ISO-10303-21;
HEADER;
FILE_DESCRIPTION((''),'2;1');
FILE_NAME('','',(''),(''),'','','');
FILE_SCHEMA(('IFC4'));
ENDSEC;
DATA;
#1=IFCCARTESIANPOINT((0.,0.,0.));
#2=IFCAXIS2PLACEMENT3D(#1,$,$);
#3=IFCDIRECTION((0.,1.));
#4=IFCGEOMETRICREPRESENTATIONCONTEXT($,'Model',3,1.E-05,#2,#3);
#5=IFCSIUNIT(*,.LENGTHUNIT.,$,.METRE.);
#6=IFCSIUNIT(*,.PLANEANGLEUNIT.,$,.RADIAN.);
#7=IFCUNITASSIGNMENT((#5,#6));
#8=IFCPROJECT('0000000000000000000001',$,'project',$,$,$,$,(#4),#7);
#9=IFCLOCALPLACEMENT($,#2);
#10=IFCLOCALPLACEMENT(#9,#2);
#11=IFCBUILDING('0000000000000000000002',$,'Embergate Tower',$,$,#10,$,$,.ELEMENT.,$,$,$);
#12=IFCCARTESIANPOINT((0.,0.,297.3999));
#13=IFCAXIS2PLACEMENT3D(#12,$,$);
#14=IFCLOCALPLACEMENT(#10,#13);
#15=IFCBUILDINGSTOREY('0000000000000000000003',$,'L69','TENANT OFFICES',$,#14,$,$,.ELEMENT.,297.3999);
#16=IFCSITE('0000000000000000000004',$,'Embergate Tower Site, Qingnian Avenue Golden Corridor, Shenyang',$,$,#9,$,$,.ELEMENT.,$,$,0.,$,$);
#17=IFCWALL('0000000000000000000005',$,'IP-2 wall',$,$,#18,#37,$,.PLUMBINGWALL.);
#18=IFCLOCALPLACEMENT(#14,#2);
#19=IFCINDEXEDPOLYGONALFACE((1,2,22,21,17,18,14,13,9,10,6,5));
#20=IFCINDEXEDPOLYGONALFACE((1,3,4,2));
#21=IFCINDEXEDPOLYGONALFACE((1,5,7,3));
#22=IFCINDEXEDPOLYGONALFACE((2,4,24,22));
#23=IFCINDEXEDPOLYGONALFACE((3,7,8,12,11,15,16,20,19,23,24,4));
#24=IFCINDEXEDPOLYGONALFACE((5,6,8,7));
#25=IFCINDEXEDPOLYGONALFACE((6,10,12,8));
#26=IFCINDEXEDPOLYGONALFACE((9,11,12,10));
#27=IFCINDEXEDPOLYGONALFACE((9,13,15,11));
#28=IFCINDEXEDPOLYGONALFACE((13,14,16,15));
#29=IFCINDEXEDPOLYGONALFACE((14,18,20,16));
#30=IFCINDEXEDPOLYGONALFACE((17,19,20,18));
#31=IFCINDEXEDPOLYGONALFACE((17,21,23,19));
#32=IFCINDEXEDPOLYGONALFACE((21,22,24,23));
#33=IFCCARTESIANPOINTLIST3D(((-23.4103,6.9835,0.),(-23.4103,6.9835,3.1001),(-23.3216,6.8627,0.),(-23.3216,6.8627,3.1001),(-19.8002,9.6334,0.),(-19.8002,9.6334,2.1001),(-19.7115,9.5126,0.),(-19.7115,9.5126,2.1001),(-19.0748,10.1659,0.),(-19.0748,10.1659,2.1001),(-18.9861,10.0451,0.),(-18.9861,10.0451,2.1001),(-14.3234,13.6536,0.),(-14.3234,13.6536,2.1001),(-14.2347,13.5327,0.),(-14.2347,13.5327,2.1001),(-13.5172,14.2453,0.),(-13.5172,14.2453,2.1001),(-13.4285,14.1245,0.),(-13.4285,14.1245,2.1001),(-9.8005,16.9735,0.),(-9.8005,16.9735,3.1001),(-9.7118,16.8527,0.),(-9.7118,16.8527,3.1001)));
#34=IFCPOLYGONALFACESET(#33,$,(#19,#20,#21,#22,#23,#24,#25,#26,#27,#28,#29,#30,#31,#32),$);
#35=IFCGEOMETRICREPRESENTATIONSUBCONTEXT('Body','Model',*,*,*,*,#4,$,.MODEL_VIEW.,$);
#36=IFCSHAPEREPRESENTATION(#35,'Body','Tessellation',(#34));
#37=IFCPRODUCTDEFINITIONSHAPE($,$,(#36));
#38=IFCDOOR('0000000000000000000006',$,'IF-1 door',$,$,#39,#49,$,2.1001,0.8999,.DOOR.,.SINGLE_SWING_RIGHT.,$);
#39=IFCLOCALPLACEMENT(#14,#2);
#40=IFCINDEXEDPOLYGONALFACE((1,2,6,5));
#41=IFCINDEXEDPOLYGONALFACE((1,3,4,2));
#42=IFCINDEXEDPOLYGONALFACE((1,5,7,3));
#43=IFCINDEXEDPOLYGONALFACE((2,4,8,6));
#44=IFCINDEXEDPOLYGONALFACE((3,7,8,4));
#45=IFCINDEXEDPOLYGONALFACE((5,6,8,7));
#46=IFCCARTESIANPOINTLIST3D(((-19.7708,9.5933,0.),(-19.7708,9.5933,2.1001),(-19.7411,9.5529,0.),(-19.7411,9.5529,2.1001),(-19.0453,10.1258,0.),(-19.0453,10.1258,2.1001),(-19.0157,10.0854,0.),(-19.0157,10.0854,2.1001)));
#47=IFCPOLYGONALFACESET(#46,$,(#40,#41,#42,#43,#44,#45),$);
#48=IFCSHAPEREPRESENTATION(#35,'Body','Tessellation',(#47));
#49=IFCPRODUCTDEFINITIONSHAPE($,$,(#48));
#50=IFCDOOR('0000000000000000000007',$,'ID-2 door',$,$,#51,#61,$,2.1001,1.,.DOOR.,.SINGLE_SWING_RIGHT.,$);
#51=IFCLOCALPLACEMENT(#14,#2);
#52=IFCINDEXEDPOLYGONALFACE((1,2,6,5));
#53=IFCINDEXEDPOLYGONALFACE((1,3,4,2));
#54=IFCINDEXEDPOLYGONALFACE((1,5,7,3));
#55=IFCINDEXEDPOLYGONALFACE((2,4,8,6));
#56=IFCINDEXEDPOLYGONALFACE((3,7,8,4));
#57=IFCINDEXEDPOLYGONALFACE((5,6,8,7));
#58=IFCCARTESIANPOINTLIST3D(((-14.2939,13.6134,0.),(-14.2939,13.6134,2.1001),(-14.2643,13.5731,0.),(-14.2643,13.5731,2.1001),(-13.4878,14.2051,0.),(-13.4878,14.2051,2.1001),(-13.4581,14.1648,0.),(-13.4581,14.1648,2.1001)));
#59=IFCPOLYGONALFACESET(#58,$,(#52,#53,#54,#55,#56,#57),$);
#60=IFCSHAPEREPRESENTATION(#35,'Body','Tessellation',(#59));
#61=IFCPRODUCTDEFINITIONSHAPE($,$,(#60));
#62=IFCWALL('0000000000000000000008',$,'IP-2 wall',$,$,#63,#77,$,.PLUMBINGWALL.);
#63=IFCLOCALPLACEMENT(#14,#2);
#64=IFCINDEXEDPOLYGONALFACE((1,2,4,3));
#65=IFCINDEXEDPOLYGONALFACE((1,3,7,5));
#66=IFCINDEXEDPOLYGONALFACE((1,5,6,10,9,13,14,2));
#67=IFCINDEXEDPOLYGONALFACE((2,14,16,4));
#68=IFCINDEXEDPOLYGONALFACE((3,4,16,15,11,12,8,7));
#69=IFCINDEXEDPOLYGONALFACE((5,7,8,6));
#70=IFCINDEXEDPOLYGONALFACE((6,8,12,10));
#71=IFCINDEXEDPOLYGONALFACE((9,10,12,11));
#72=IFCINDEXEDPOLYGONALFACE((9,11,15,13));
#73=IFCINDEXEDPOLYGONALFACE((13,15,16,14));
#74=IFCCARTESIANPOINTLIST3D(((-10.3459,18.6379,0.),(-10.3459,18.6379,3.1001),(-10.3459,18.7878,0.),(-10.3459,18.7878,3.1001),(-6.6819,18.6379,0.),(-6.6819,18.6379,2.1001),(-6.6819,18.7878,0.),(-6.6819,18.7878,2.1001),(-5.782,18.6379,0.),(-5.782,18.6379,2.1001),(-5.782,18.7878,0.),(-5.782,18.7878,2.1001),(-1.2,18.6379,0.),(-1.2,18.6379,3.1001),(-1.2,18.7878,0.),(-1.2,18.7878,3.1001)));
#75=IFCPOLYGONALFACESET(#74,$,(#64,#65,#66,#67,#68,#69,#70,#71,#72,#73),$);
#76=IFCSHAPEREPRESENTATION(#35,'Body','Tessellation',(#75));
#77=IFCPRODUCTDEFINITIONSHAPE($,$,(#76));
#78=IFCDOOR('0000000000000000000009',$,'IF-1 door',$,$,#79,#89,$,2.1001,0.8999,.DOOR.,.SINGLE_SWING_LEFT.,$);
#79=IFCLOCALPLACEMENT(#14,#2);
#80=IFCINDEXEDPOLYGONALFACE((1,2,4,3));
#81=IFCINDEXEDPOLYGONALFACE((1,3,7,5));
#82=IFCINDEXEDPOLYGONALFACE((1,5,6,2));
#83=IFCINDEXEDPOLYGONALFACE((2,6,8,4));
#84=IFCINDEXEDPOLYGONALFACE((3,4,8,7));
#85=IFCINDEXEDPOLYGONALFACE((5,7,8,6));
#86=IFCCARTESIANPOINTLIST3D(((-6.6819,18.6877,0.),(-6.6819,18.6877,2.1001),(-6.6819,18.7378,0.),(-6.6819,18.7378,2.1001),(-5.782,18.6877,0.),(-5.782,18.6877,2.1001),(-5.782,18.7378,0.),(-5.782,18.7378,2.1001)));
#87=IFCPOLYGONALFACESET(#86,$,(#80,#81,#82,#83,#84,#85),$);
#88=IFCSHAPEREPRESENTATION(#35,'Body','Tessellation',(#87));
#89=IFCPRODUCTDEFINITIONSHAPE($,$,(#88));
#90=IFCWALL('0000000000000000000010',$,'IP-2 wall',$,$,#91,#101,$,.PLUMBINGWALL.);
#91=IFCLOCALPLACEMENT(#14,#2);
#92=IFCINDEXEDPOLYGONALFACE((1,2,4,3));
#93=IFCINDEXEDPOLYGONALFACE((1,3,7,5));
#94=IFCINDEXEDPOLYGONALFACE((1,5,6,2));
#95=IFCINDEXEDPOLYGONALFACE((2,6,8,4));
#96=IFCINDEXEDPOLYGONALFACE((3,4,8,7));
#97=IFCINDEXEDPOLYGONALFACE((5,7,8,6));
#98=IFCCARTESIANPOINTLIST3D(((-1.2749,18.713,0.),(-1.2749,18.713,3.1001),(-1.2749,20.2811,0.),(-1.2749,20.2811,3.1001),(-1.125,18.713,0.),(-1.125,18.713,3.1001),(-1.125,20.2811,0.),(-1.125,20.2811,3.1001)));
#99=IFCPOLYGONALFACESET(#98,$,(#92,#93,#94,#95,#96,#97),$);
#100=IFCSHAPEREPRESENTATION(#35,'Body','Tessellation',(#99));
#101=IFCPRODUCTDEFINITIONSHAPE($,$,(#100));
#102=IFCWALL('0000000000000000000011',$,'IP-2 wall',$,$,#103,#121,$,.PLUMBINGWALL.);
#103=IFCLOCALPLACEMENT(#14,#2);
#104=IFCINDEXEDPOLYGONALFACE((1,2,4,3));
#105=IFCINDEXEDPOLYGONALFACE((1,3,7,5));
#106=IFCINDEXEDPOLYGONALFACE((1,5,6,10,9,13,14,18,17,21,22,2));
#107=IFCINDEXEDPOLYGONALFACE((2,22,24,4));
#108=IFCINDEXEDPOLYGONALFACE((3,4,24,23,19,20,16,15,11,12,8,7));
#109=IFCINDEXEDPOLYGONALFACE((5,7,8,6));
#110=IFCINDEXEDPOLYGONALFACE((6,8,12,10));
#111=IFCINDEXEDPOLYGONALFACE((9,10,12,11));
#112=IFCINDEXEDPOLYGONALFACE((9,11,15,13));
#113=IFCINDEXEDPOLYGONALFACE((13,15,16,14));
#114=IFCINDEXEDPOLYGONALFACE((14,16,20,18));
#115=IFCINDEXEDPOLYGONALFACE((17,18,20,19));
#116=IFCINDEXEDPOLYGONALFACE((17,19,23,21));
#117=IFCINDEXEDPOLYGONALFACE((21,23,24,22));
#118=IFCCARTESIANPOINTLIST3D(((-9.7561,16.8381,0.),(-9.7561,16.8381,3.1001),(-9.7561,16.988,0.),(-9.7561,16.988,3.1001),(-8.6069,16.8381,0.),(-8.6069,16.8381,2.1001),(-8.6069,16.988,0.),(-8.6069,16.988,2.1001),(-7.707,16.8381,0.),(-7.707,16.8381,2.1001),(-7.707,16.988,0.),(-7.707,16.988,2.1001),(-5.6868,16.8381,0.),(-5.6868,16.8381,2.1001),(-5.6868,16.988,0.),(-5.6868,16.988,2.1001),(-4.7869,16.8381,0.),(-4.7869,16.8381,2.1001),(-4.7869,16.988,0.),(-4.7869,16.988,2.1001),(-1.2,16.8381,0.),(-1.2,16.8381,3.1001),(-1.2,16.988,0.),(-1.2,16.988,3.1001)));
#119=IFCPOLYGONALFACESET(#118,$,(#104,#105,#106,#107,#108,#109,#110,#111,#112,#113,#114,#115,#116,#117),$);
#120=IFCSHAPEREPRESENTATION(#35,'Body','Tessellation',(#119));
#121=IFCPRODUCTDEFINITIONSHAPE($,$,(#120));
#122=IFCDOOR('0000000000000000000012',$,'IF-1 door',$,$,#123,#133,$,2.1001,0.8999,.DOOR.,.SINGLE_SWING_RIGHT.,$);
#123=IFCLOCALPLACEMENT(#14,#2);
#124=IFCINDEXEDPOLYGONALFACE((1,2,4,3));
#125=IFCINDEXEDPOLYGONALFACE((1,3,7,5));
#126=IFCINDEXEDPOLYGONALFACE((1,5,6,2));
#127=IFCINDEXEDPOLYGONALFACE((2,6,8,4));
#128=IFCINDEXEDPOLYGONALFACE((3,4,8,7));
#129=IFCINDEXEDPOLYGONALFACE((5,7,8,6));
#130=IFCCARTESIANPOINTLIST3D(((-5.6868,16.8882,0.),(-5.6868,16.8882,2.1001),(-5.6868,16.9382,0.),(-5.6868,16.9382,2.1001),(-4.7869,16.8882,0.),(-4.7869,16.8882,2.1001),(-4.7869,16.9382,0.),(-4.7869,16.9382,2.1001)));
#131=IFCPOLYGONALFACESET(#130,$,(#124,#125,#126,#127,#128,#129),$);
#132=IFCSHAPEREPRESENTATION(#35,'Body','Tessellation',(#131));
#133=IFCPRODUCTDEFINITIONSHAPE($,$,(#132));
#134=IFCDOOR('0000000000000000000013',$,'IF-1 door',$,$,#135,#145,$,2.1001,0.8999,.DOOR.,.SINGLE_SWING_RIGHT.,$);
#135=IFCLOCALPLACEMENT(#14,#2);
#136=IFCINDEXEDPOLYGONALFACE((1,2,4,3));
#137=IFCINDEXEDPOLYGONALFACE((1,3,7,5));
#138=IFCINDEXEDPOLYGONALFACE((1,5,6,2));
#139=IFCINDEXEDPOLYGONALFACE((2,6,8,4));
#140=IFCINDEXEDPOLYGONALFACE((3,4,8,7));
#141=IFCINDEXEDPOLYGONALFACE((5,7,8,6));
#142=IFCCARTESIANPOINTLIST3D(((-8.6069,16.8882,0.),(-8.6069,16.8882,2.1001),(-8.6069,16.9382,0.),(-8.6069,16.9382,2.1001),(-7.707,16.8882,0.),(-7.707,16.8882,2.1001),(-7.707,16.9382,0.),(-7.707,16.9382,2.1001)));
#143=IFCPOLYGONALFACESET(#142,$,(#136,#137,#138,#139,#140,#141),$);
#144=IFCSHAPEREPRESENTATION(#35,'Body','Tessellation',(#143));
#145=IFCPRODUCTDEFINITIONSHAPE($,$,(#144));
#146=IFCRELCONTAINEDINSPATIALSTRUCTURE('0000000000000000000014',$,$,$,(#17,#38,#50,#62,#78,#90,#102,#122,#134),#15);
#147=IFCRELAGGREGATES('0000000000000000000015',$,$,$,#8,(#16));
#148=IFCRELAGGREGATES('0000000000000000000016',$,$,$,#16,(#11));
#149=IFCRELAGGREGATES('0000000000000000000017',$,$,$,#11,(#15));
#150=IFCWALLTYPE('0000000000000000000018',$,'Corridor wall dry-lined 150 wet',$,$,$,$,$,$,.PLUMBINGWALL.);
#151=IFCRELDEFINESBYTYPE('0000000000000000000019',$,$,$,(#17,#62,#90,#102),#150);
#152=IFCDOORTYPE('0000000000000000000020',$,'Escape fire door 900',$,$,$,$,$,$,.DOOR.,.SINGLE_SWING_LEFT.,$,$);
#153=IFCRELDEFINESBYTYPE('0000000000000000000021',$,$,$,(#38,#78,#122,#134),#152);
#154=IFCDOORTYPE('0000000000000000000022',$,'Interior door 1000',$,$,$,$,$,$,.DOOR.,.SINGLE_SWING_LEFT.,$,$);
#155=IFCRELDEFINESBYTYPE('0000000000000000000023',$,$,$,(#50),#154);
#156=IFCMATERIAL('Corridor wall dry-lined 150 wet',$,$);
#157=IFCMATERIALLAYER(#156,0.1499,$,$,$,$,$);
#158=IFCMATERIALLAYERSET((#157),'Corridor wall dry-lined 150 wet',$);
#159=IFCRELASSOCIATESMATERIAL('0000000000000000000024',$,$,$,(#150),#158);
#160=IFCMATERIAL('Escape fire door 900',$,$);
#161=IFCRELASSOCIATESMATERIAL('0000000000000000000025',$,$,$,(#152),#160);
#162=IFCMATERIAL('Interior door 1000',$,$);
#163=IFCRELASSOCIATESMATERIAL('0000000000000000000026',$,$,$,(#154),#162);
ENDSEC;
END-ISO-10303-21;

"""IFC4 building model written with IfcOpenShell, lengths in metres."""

from ifc_helpers import new_model, si_unit, direction, frame, frame_2d, origin, place, context, subcontext, project, spatial, rectangle, extrude, source, transform, mapped, material, layer, layer_set, type_object, element, fill, save


model = new_model("IFC4")

# Units and contexts
model_context = context("Model", 3, precision=1e-05, world=origin(), true_north=direction((0.0, 1.0)))
body_context = subcontext(model_context, "Body", "Model", "MODEL_VIEW")
ifc_project = project(units=[si_unit("LENGTHUNIT", "METRE"), si_unit("PLANEANGLEUNIT", "RADIAN")], contexts=[model_context])

# Site, building, storey
site_placement = place(None, origin())
site = spatial("IfcSite", under=ifc_project, at=site_placement, Name="Embergate Tower Site, Qingnian Avenue Golden Corridor, Shenyang", CompositionType="ELEMENT", RefElevation=0.0)
building_placement = place(site_placement, origin())
building = spatial("IfcBuilding", under=site, at=building_placement, Name="Embergate Tower", CompositionType="ELEMENT")
storey_placement = place(building_placement, frame((0.0, 0.0, 297.3999)))
storey = spatial("IfcBuildingStorey", under=building, at=storey_placement, Name="L69", Description="TENANT OFFICES", CompositionType="ELEMENT", Elevation=297.3999)

# Shared definitions
ifc_material_1 = material(Name="Corridor wall dry-lined 150 wet")
ifc_layer_1 = layer(ifc_material_1, 0.1499)
ifc_layer_set_1 = layer_set([ifc_layer_1], Name="Corridor wall dry-lined 150 wet")
wall_type_1 = type_object("IfcWallType", Name="Corridor wall dry-lined 150 wet", PredefinedType="PLUMBINGWALL", material=ifc_layer_set_1)

# Wall, openings, doors
shared_shape_1 = source(origin(), body_context, "Body", "SweptSolid", [
    extrude(rectangle(XDim=16.8828, YDim=0.1499, at=frame_2d((8.4414, 0.0))), origin(), (0.0, 0.0, 1.0), 3.1001),
])
wall_1_placement = place(storey_placement, frame((-9.7561, 16.9131, 0.0), z_axis=(0.0, 0.0, 1.0), x_axis=(-0.806139, -0.591727, 0.0)))
wall_1 = element("IfcWall", 1, at=wall_1_placement, inside=storey, type_object=wall_type_1, Name="IP-2 wall", PredefinedType="PLUMBINGWALL", context=body_context, shape_type="MappedRepresentation", body=[
    mapped(shared_shape_1, transform((0.0, 0.0, 0.0))),
])
shared_shape_2 = source(origin(), body_context, "Body", "SweptSolid", [
    extrude(rectangle(XDim=1.0, YDim=2.1001, at=frame_2d((0.5, 1.05))), frame((0.0, 0.085, 0.0), z_axis=(0.0, -1.0, 0.0), x_axis=(1.0, 0.0, 0.0)), (0.0, 0.0, 1.0), 0.1699),
])
opening_1_placement = place(wall_1_placement, frame((4.6106, 0.0, 0.0)))
opening_1 = element("IfcOpeningElement", 2, at=opening_1_placement, cuts=wall_1, PredefinedType="OPENING", context=body_context, shape_type="MappedRepresentation", body=[
    mapped(shared_shape_2, transform((0.0, 0.0, 0.0))),
])
shared_shape_3 = source(origin(), body_context, "Body", "SweptSolid", [
    extrude(rectangle(XDim=0.8999, YDim=2.1001, at=frame_2d((0.45, 1.05))), frame((0.0, 0.085, 0.0), z_axis=(0.0, -1.0, 0.0), x_axis=(1.0, 0.0, 0.0)), (0.0, 0.0, 1.0), 0.1699),
])
opening_2_placement = place(wall_1_placement, frame((11.5046, 0.0, 0.0)))
opening_2 = element("IfcOpeningElement", 3, at=opening_2_placement, cuts=wall_1, PredefinedType="OPENING", context=body_context, shape_type="MappedRepresentation", body=[
    mapped(shared_shape_3, transform((0.0, 0.0, 0.0))),
])
ifc_material_2 = material(Name="Escape fire door 900")
door_type_1 = type_object("IfcDoorType", Name="Escape fire door 900", OperationType="SINGLE_SWING_LEFT", PredefinedType="DOOR", material=ifc_material_2)
shared_shape_4 = source(origin(), body_context, "Body", "SweptSolid", [
    extrude(rectangle(XDim=0.8999, YDim=2.1001, at=frame_2d((0.45, 1.05))), frame((0.0, 0.0249, 0.0), z_axis=(0.0, -1.0, 0.0), x_axis=(1.0, 0.0, 0.0)), (0.0, 0.0, 1.0), 0.05),
])
door_1_placement = place(opening_2_placement, origin())
door_1 = element("IfcDoor", 4, at=door_1_placement, inside=storey, type_object=door_type_1, Name="IF-1 door", OperationType="SINGLE_SWING_RIGHT", OverallHeight=2.1001, OverallWidth=0.8999, PredefinedType="DOOR", context=body_context, shape_type="MappedRepresentation", body=[
    mapped(shared_shape_4, transform((0.0, 0.0, 0.0))),
])
fill(opening_2, door_1)
ifc_material_3 = material(Name="Interior door 1000")
door_type_2 = type_object("IfcDoorType", Name="Interior door 1000", OperationType="SINGLE_SWING_LEFT", PredefinedType="DOOR", material=ifc_material_3)
shared_shape_5 = source(origin(), body_context, "Body", "SweptSolid", [
    extrude(rectangle(XDim=1.0, YDim=2.1001, at=frame_2d((0.5, 1.05))), frame((0.0, 0.0249, 0.0), z_axis=(0.0, -1.0, 0.0), x_axis=(1.0, 0.0, 0.0)), (0.0, 0.0, 1.0), 0.05),
])
door_2_placement = place(opening_1_placement, origin())
door_2 = element("IfcDoor", 5, at=door_2_placement, inside=storey, type_object=door_type_2, Name="ID-2 door", OperationType="SINGLE_SWING_RIGHT", OverallHeight=2.1001, OverallWidth=1.0, PredefinedType="DOOR", context=body_context, shape_type="MappedRepresentation", body=[
    mapped(shared_shape_5, transform((0.0, 0.0, 0.0))),
])
fill(opening_1, door_2)

# Wall, opening, door
shared_shape_6 = source(origin(), body_context, "Body", "SweptSolid", [
    extrude(rectangle(XDim=9.146, YDim=0.1499, at=frame_2d((4.573, 0.0))), origin(), (0.0, 0.0, 1.0), 3.1001),
])
wall_2_placement = place(storey_placement, frame((-10.3459, 18.7129, 0.0), z_axis=(0.0, 0.0, 1.0), x_axis=(1.0, 0.0, 0.0)))
wall_2 = element("IfcWall", 6, at=wall_2_placement, inside=storey, type_object=wall_type_1, Name="IP-2 wall", PredefinedType="PLUMBINGWALL", context=body_context, shape_type="MappedRepresentation", body=[
    mapped(shared_shape_6, transform((0.0, 0.0, 0.0))),
])
opening_3_placement = place(wall_2_placement, frame((3.6641, 0.0, 0.0)))
opening_3 = element("IfcOpeningElement", 7, at=opening_3_placement, cuts=wall_2, PredefinedType="OPENING", context=body_context, shape_type="MappedRepresentation", body=[
    mapped(shared_shape_3, transform((0.0, 0.0, 0.0))),
])
door_3_placement = place(opening_3_placement, origin())
door_3 = element("IfcDoor", 8, at=door_3_placement, inside=storey, type_object=door_type_1, Name="IF-1 door", OperationType="SINGLE_SWING_LEFT", OverallHeight=2.1001, OverallWidth=0.8999, PredefinedType="DOOR", context=body_context, shape_type="MappedRepresentation", body=[
    mapped(shared_shape_4, transform((0.0, 0.0, 0.0))),
])
fill(opening_3, door_3)

# Wall
shared_shape_7 = source(origin(), body_context, "Body", "SweptSolid", [
    extrude(rectangle(XDim=1.5681, YDim=0.1499, at=frame_2d((0.7842, 0.0))), origin(), (0.0, 0.0, 1.0), 3.1001),
])
wall_3_placement = place(storey_placement, frame((-1.2, 18.7129, 0.0), z_axis=(0.0, 0.0, 1.0), x_axis=(0.0, 1.0, 0.0)))
element("IfcWall", 9, at=wall_3_placement, inside=storey, type_object=wall_type_1, Name="IP-2 wall", PredefinedType="PLUMBINGWALL", context=body_context, shape_type="MappedRepresentation", body=[
    mapped(shared_shape_7, transform((0.0, 0.0, 0.0))),
])

# Wall, openings, doors
shared_shape_8 = source(origin(), body_context, "Body", "SweptSolid", [
    extrude(rectangle(XDim=8.5562, YDim=0.1499, at=frame_2d((4.2781, 0.0))), origin(), (0.0, 0.0, 1.0), 3.1001),
])
wall_4_placement = place(storey_placement, frame((-1.2, 16.9131, 0.0), z_axis=(0.0, 0.0, 1.0), x_axis=(-1.0, 0.0, 0.0)))
wall_4 = element("IfcWall", 10, at=wall_4_placement, inside=storey, type_object=wall_type_1, Name="IP-2 wall", PredefinedType="PLUMBINGWALL", context=body_context, shape_type="MappedRepresentation", body=[
    mapped(shared_shape_8, transform((0.0, 0.0, 0.0))),
])
opening_4_placement = place(wall_4_placement, frame((3.5869, 0.0, 0.0)))
opening_4 = element("IfcOpeningElement", 11, at=opening_4_placement, cuts=wall_4, PredefinedType="OPENING", context=body_context, shape_type="MappedRepresentation", body=[
    mapped(shared_shape_3, transform((0.0, 0.0, 0.0))),
])
opening_5_placement = place(wall_4_placement, frame((6.5071, 0.0, 0.0)))
opening_5 = element("IfcOpeningElement", 12, at=opening_5_placement, cuts=wall_4, PredefinedType="OPENING", context=body_context, shape_type="MappedRepresentation", body=[
    mapped(shared_shape_3, transform((0.0, 0.0, 0.0))),
])
door_4_placement = place(opening_4_placement, origin())
door_4 = element("IfcDoor", 13, at=door_4_placement, inside=storey, type_object=door_type_1, Name="IF-1 door", OperationType="SINGLE_SWING_RIGHT", OverallHeight=2.1001, OverallWidth=0.8999, PredefinedType="DOOR", context=body_context, shape_type="MappedRepresentation", body=[
    mapped(shared_shape_4, transform((0.0, 0.0, 0.0))),
])
fill(opening_4, door_4)
door_5_placement = place(opening_5_placement, origin())
door_5 = element("IfcDoor", 14, at=door_5_placement, inside=storey, type_object=door_type_1, Name="IF-1 door", OperationType="SINGLE_SWING_RIGHT", OverallHeight=2.1001, OverallWidth=0.8999, PredefinedType="DOOR", context=body_context, shape_type="MappedRepresentation", body=[
    mapped(shared_shape_4, transform((0.0, 0.0, 0.0))),
])
fill(opening_5, door_5)

save(model, "model.ifc")
